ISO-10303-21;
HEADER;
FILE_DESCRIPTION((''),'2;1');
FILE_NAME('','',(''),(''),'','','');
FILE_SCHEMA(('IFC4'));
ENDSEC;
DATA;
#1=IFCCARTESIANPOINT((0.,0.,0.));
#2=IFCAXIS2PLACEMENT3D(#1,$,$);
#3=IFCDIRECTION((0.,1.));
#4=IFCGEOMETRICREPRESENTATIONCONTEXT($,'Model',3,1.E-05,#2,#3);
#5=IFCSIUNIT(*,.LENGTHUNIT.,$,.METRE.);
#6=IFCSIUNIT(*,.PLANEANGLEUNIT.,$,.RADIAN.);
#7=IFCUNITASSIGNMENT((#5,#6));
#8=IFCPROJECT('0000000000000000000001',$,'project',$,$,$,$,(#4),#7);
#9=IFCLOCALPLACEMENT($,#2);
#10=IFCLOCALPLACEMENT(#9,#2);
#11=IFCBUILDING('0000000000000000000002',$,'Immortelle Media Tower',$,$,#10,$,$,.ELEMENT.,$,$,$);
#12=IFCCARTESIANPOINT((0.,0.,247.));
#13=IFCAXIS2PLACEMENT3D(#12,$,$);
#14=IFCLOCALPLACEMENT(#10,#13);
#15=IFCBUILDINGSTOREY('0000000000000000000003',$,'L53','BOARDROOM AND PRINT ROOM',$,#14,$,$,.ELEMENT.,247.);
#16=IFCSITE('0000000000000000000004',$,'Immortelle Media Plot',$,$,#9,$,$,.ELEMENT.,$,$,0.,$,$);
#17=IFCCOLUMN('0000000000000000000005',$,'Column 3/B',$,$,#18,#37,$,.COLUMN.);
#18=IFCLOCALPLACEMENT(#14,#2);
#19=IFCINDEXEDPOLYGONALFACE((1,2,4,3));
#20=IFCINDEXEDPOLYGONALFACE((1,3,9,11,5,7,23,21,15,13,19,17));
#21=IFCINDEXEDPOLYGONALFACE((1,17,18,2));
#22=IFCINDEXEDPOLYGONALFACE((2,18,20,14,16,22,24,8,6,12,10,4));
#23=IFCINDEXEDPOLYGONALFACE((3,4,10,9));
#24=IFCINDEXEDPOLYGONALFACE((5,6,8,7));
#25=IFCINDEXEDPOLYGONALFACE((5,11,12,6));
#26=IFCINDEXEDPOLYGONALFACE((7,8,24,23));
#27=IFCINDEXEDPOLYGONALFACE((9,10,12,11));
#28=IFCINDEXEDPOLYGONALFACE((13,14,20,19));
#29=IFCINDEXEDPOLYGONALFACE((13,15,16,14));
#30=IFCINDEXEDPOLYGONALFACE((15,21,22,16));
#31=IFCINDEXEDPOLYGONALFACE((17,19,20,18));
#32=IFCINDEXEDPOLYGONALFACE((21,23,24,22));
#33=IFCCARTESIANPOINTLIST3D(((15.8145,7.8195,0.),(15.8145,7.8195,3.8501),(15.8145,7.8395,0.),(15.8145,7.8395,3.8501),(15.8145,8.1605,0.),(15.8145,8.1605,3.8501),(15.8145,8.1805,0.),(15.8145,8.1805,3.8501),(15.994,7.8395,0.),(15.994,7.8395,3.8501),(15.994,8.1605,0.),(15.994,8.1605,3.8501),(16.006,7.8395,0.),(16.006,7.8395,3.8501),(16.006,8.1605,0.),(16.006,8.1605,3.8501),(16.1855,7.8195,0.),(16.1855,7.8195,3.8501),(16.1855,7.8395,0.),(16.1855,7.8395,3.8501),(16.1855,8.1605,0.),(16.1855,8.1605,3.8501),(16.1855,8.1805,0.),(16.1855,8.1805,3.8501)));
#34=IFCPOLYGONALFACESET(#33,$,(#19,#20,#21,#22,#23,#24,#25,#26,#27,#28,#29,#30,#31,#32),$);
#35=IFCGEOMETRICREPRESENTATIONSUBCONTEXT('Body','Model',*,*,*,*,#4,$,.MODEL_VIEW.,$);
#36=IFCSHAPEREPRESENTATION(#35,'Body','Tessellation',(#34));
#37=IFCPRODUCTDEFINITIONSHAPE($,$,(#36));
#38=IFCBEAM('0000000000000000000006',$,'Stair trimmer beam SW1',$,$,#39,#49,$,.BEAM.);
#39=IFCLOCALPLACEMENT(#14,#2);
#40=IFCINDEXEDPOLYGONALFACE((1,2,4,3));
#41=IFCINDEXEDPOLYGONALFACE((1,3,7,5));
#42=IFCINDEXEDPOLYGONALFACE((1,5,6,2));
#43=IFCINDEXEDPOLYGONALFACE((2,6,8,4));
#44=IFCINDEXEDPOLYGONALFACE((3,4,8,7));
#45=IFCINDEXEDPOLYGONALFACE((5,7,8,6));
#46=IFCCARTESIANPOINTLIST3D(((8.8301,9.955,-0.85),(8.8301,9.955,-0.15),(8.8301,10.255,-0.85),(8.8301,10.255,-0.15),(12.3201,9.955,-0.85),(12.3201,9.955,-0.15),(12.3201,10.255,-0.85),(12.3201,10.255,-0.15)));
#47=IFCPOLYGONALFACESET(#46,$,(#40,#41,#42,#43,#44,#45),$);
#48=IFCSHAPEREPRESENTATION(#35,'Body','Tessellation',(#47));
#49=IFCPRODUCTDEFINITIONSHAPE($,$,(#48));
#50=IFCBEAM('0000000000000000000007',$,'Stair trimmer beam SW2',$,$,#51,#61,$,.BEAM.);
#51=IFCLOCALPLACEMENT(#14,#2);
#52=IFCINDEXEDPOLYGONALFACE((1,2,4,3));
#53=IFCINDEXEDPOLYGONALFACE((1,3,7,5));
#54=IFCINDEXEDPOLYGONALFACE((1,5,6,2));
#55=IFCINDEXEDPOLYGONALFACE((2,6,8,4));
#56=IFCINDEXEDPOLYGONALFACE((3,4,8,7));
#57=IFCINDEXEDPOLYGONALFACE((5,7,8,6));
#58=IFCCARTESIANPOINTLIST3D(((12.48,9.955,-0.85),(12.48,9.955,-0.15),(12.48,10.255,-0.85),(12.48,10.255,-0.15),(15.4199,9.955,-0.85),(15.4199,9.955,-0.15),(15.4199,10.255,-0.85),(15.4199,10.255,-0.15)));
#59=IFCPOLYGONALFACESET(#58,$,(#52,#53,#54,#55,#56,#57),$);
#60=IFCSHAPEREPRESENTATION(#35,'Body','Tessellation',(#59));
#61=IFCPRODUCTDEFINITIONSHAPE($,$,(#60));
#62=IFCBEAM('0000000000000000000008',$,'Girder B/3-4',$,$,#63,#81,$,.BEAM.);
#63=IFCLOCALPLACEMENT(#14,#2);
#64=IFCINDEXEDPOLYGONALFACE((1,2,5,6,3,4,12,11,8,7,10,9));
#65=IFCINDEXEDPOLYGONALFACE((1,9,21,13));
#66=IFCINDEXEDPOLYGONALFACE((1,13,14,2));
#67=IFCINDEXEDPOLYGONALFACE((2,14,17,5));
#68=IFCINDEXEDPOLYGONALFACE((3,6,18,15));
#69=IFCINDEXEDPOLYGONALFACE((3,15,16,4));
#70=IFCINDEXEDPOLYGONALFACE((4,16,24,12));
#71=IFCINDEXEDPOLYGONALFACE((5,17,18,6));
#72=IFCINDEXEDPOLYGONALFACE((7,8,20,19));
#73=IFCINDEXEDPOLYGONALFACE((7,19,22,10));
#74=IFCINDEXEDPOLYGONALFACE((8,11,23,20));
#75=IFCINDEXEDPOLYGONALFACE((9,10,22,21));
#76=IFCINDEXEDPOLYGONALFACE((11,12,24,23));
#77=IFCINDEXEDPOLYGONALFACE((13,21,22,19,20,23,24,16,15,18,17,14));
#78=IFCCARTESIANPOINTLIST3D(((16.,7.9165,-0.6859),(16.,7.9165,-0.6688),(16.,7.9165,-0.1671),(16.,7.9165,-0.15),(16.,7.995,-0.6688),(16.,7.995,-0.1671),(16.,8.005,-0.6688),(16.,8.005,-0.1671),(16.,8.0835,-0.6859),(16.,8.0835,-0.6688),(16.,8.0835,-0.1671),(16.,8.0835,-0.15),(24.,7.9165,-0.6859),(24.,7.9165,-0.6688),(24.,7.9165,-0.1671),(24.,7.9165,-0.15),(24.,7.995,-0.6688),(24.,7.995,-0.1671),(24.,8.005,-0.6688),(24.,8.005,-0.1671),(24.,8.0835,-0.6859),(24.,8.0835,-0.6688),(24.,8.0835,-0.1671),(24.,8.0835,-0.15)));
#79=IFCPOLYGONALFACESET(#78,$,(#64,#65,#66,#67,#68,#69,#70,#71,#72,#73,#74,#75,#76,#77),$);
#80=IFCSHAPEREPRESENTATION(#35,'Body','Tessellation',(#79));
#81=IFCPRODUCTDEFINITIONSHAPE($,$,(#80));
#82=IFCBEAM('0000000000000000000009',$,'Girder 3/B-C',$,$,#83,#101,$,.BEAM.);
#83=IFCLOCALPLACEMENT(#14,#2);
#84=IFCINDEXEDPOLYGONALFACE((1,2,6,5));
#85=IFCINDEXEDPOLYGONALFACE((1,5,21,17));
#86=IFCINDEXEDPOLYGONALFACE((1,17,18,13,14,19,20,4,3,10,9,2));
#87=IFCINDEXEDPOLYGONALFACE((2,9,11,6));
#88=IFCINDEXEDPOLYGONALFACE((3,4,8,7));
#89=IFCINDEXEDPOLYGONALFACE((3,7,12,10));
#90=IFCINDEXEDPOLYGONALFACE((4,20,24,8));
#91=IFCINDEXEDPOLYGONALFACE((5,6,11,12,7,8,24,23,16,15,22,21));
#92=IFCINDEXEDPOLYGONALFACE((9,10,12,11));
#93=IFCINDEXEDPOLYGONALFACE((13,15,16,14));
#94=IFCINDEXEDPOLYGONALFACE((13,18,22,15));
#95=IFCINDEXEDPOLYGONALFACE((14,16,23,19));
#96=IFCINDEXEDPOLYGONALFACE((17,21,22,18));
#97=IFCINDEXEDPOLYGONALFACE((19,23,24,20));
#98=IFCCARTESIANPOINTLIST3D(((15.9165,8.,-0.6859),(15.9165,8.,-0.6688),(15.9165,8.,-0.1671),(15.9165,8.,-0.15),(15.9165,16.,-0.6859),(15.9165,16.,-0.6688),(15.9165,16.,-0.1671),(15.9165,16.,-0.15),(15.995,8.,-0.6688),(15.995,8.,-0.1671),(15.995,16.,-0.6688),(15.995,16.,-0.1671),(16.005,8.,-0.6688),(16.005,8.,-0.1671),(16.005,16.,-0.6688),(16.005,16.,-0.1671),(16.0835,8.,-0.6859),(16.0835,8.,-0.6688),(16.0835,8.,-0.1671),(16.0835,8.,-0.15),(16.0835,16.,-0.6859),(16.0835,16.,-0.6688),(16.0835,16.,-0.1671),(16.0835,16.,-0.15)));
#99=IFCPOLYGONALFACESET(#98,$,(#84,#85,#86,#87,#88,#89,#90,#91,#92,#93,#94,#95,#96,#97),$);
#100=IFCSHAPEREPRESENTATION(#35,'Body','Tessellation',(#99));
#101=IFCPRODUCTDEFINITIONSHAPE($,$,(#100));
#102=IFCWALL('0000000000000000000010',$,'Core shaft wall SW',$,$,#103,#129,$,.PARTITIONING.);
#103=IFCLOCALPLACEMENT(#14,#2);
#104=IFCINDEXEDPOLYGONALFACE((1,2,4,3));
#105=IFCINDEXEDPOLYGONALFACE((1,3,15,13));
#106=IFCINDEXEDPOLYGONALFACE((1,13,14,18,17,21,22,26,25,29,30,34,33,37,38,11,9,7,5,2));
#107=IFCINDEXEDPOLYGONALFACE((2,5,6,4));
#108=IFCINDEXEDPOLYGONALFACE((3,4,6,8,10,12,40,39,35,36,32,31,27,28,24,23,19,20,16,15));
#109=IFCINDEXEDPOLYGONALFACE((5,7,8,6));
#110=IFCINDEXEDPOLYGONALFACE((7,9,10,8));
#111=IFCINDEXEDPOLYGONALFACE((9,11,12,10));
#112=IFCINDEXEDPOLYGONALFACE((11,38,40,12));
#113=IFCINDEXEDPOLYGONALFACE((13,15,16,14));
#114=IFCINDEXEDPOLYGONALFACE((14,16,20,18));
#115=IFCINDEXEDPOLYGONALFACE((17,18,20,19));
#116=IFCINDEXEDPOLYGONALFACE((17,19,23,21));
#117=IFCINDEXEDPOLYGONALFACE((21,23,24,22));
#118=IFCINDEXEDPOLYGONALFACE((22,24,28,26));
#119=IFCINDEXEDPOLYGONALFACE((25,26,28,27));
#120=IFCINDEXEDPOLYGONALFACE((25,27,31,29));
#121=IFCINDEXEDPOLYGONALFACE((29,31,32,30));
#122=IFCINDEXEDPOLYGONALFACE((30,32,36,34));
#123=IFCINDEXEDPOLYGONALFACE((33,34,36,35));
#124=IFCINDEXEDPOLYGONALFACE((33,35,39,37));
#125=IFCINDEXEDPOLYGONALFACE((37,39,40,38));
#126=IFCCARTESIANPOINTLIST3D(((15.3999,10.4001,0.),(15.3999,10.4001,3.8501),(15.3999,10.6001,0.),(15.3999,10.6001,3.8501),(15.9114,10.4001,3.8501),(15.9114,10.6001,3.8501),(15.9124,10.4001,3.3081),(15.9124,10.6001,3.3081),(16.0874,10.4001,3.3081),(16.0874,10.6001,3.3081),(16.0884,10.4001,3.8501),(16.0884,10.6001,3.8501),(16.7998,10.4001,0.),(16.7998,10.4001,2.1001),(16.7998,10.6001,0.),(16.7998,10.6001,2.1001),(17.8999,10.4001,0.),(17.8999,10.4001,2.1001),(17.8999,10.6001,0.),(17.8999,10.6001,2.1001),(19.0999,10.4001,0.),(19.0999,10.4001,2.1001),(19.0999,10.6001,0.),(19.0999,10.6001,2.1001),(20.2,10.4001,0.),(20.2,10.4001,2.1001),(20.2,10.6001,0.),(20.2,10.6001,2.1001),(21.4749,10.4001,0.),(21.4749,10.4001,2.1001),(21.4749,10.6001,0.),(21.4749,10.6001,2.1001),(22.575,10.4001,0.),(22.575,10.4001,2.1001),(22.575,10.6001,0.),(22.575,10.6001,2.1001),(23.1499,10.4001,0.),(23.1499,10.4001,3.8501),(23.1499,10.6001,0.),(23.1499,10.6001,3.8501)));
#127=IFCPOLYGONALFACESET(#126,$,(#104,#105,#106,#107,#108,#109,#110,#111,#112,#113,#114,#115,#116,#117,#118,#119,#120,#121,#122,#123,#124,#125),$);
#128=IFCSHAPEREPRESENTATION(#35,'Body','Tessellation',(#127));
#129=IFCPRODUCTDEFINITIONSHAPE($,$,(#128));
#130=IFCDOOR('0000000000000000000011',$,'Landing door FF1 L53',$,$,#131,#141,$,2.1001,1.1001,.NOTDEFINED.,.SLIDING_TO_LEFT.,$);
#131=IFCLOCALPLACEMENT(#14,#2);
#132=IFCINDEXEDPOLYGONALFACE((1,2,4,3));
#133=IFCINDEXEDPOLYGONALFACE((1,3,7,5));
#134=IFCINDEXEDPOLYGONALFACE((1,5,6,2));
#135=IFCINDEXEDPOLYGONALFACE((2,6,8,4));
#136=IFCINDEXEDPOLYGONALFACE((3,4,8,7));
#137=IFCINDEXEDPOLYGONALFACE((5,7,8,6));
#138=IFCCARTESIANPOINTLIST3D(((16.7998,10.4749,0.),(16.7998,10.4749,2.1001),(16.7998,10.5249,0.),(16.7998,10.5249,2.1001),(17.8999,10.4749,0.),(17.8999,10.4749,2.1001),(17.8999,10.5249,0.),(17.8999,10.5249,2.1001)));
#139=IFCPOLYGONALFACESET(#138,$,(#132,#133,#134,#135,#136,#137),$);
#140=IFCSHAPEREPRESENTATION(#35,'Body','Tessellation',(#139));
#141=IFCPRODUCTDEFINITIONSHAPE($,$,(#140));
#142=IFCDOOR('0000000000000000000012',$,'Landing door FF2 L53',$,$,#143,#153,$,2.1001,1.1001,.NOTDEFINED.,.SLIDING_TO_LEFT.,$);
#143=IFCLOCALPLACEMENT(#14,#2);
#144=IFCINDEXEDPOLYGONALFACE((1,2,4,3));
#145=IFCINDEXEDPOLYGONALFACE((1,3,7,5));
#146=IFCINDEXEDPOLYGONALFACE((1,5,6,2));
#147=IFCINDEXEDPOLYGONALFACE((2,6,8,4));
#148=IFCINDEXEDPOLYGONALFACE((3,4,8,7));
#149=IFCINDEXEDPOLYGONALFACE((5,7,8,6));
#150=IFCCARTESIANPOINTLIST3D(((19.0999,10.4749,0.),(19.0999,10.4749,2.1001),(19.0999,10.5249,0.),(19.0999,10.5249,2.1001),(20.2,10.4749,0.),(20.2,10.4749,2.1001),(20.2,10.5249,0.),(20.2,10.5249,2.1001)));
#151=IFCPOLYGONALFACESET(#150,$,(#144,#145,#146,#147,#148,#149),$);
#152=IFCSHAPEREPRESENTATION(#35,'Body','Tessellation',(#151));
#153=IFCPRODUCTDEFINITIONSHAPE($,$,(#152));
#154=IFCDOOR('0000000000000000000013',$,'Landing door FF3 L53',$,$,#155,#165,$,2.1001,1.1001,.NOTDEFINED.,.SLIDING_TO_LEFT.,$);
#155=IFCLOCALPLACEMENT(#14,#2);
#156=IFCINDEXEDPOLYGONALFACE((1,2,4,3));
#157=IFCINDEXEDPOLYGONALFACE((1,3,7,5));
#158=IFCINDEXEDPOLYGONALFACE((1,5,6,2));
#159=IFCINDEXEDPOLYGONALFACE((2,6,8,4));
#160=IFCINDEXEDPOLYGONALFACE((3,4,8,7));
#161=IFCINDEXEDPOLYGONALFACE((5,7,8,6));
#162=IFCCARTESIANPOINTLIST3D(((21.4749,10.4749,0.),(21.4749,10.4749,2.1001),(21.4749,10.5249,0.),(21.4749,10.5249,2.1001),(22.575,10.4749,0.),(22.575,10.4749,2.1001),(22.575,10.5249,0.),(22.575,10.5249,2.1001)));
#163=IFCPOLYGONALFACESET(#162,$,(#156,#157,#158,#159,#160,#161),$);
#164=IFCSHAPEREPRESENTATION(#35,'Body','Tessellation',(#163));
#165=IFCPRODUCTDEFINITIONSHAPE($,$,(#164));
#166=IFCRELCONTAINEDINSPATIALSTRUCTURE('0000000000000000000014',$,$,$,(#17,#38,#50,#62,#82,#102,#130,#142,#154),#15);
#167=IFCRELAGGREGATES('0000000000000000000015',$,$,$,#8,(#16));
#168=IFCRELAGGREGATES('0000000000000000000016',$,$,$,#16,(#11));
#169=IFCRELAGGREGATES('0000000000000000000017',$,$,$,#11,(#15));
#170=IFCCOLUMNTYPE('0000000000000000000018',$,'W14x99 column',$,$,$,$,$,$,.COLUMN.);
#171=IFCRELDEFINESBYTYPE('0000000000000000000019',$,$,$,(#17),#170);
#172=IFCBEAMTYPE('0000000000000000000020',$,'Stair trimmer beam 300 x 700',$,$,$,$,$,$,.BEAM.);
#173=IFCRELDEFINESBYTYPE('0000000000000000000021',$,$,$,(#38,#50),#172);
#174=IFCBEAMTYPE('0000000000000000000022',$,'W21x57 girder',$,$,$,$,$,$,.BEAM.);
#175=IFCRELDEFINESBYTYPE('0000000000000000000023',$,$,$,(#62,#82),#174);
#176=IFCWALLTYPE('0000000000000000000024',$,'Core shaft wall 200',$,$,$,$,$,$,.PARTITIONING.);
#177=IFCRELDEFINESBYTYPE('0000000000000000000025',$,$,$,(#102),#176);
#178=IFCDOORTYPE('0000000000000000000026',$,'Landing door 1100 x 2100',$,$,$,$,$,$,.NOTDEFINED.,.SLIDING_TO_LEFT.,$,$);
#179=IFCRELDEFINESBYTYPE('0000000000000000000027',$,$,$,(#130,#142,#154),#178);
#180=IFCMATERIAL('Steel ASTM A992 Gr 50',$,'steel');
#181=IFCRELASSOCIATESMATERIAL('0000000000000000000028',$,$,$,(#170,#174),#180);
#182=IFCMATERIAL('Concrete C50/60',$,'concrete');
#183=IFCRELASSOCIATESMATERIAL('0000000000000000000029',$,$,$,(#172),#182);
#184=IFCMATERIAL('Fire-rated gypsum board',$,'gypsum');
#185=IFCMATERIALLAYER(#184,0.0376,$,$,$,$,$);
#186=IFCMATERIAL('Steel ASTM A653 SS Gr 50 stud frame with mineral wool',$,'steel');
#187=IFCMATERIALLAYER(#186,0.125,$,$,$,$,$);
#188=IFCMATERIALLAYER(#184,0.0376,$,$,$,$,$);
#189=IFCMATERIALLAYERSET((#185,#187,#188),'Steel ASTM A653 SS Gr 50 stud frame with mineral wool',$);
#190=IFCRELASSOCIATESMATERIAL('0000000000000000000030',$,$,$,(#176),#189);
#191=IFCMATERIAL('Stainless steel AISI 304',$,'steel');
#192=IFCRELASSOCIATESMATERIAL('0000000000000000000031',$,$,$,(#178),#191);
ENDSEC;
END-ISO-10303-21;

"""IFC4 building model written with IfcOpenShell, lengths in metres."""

from ifc_helpers import new_model, si_unit, direction, frame, frame_2d, origin, origin_2d, place, context, subcontext, project, spatial, polyline, rectangle, i_section, outline, extrude, material, layer, layer_set, material_profile, profile_set, type_object, element, fill, save


model = new_model("IFC4")

# Units and contexts
model_context = context("Model", 3, precision=1e-05, world=origin(), true_north=direction((0.0, 1.0)))
body_context = subcontext(model_context, "Body", "Model", "MODEL_VIEW")
ifc_project = project(units=[si_unit("LENGTHUNIT", "METRE"), si_unit("PLANEANGLEUNIT", "RADIAN")], contexts=[model_context])

# Site, building, storey
site_placement = place(None, origin())
site = spatial("IfcSite", under=ifc_project, at=site_placement, Name="Immortelle Media Plot", CompositionType="ELEMENT", RefElevation=0.0)
building_placement = place(site_placement, origin())
building = spatial("IfcBuilding", under=site, at=building_placement, Name="Immortelle Media Tower", CompositionType="ELEMENT")
storey_placement = place(building_placement, frame((0.0, 0.0, 247.0)))
storey = spatial("IfcBuildingStorey", under=building, at=storey_placement, Name="L53", Description="BOARDROOM AND PRINT ROOM", CompositionType="ELEMENT", Elevation=247.0)

# Column
ifc_material_1 = material(Name="Steel ASTM A992 Gr 50", Category="steel")
ifc_material_profile_1 = material_profile(ifc_material_1, i_section(OverallWidth=0.3711, OverallDepth=0.3611, WebThickness=0.012, FlangeThickness=0.02, at=origin_2d()), Name="W14x99")
ifc_profile_set_1 = profile_set([ifc_material_profile_1], Name="Steel ASTM A992 Gr 50")
column_type = type_object("IfcColumnType", Name="W14x99 column", PredefinedType="COLUMN", material=ifc_profile_set_1)
column_placement = place(storey_placement, frame((16.0, 8.0, 0.0), z_axis=(0.0, 0.0, 1.0), x_axis=(1.0, 0.0, 0.0)))
element("IfcColumn", 1, at=column_placement, inside=storey, type_object=column_type, Name="Column 3/B", PredefinedType="COLUMN", context=body_context, shape_type="SweptSolid", body=[
    extrude(i_section(OverallWidth=0.3711, OverallDepth=0.3611, WebThickness=0.012, FlangeThickness=0.02, at=origin_2d()), origin(), (0.0, 0.0, 1.0), 3.8501),
])

# Beams
ifc_material_2 = material(Name="Concrete C50/60", Category="concrete")
ifc_material_profile_2 = material_profile(ifc_material_2, rectangle(XDim=0.3, YDim=0.7, at=origin_2d()), Name="RC 300x700")
ifc_profile_set_2 = profile_set([ifc_material_profile_2], Name="Concrete C50/60")
beam_type_1 = type_object("IfcBeamType", Name="Stair trimmer beam 300 x 700", PredefinedType="BEAM", material=ifc_profile_set_2)
beam_1_placement = place(storey_placement, frame((8.8301, 10.105, -0.5), z_axis=(1.0, 0.0, 0.0), x_axis=(0.0, 1.0, 0.0)))
element("IfcBeam", 2, at=beam_1_placement, inside=storey, type_object=beam_type_1, Name="Stair trimmer beam SW1", PredefinedType="BEAM", context=body_context, shape_type="SweptSolid", body=[
    extrude(rectangle(XDim=0.3, YDim=0.7, at=origin_2d()), origin(), (0.0, 0.0, 1.0), 3.49),
])
beam_2_placement = place(storey_placement, frame((12.48, 10.105, -0.5), z_axis=(1.0, 0.0, 0.0), x_axis=(0.0, 1.0, 0.0)))
element("IfcBeam", 3, at=beam_2_placement, inside=storey, type_object=beam_type_1, Name="Stair trimmer beam SW2", PredefinedType="BEAM", context=body_context, shape_type="SweptSolid", body=[
    extrude(rectangle(XDim=0.3, YDim=0.7, at=origin_2d()), origin(), (0.0, 0.0, 1.0), 2.9399),
])
ifc_material_profile_3 = material_profile(ifc_material_1, i_section(OverallWidth=0.167, OverallDepth=0.5359, WebThickness=0.01, FlangeThickness=0.0171, at=origin_2d()), Name="W21x57")
ifc_profile_set_3 = profile_set([ifc_material_profile_3], Name="Steel ASTM A992 Gr 50")
beam_type_2 = type_object("IfcBeamType", Name="W21x57 girder", PredefinedType="BEAM", material=ifc_profile_set_3)
for number, where, z_axis, x_axis, name in (
    (4, (16.0, 8.0, -0.418), (1.0, 0.0, 0.0), (0.0, 1.0, 0.0), "Girder B/3-4"),
    (5, (16.0, 8.0, -0.418), (0.0, 1.0, 0.0), (-1.0, 0.0, 0.0), "Girder 3/B-C"),
):
    element("IfcBeam", number, at=place(storey_placement, frame(where, z_axis=z_axis, x_axis=x_axis)), inside=storey, type_object=beam_type_2, Name=name, PredefinedType="BEAM", context=body_context, shape_type="SweptSolid", body=[
        extrude(i_section(OverallWidth=0.167, OverallDepth=0.5359, WebThickness=0.01, FlangeThickness=0.0171, at=origin_2d()), origin(), (0.0, 0.0, 1.0), 8.0),
    ])

# Wall, openings, doors
ifc_material_3 = material(Name="Fire-rated gypsum board", Category="gypsum")
ifc_layer_1 = layer(ifc_material_3, 0.0376)
ifc_material_4 = material(Name="Steel ASTM A653 SS Gr 50 stud frame with mineral wool", Category="steel")
ifc_layer_2 = layer(ifc_material_4, 0.125)
ifc_layer_3 = layer(ifc_material_3, 0.0376)
ifc_layer_set_1 = layer_set([ifc_layer_1, ifc_layer_2, ifc_layer_3], Name="Steel ASTM A653 SS Gr 50 stud frame with mineral wool")
wall_type_1 = type_object("IfcWallType", Name="Core shaft wall 200", PredefinedType="PARTITIONING", material=ifc_layer_set_1)
wall_1_placement = place(storey_placement, frame((15.3999, 10.5, 0.0), z_axis=(0.0, 0.0, 1.0), x_axis=(1.0, 0.0, 0.0)))
wall_1 = element("IfcWall", 6, at=wall_1_placement, inside=storey, type_object=wall_type_1, Name="Core shaft wall SW", PredefinedType="PARTITIONING", context=body_context, shape_type="SweptSolid", body=[
    extrude(outline(polyline([(0.0, 0.0), (7.75, 0.0), (7.75, 3.8501), (0.6885, 3.8501), (0.6875, 3.3081), (0.5125, 3.3081), (0.5115, 3.8501), (0.0, 3.8501), (0.0, 0.0)])), frame((0.0, 0.1001, 0.0), z_axis=(0.0, -1.0, 0.0), x_axis=(1.0, 0.0, 0.0)), (0.0, 0.0, 1.0), 0.2),
])
opening_1_placement = place(wall_1_placement, frame((1.3999, 0.0, 0.0)))
opening_1 = element("IfcOpeningElement", 7, at=opening_1_placement, cuts=wall_1, PredefinedType="OPENING", context=body_context, shape_type="SweptSolid", body=[
    extrude(rectangle(XDim=1.1001, YDim=2.1001, at=frame_2d((0.55, 1.05))), frame((0.0, 0.1099, 0.0), z_axis=(0.0, -1.0, 0.0), x_axis=(1.0, 0.0, 0.0)), (0.0, 0.0, 1.0), 0.22),
])
opening_2_placement = place(wall_1_placement, frame((3.7, 0.0, 0.0)))
opening_2 = element("IfcOpeningElement", 8, at=opening_2_placement, cuts=wall_1, PredefinedType="OPENING", context=body_context, shape_type="SweptSolid", body=[
    extrude(rectangle(XDim=1.1001, YDim=2.1001, at=frame_2d((0.55, 1.05))), frame((0.0, 0.1099, 0.0), z_axis=(0.0, -1.0, 0.0), x_axis=(1.0, 0.0, 0.0)), (0.0, 0.0, 1.0), 0.22),
])
opening_3_placement = place(wall_1_placement, frame((6.075, 0.0, 0.0)))
opening_3 = element("IfcOpeningElement", 9, at=opening_3_placement, cuts=wall_1, PredefinedType="OPENING", context=body_context, shape_type="SweptSolid", body=[
    extrude(rectangle(XDim=1.1001, YDim=2.1001, at=frame_2d((0.55, 1.05))), frame((0.0, 0.1099, 0.0), z_axis=(0.0, -1.0, 0.0), x_axis=(1.0, 0.0, 0.0)), (0.0, 0.0, 1.0), 0.22),
])
ifc_material_5 = material(Name="Stainless steel AISI 304", Category="steel")
door_type_1 = type_object("IfcDoorType", Name="Landing door 1100 x 2100", OperationType="SLIDING_TO_LEFT", PredefinedType="NOTDEFINED", material=ifc_material_5)
door_1_placement = place(opening_1_placement, origin())
door_1 = element("IfcDoor", 10, at=door_1_placement, inside=storey, type_object=door_type_1, Name="Landing door FF1 L53", OperationType="SLIDING_TO_LEFT", OverallHeight=2.1001, OverallWidth=1.1001, PredefinedType="NOTDEFINED", context=body_context, shape_type="SweptSolid", body=[
    extrude(rectangle(XDim=1.1001, YDim=2.1001, at=frame_2d((0.55, 1.05))), frame((0.0, 0.0249, 0.0), z_axis=(0.0, -1.0, 0.0), x_axis=(1.0, 0.0, 0.0)), (0.0, 0.0, 1.0), 0.05),
])
fill(opening_1, door_1)
door_2_placement = place(opening_2_placement, origin())
door_2 = element("IfcDoor", 11, at=door_2_placement, inside=storey, type_object=door_type_1, Name="Landing door FF2 L53", OperationType="SLIDING_TO_LEFT", OverallHeight=2.1001, OverallWidth=1.1001, PredefinedType="NOTDEFINED", context=body_context, shape_type="SweptSolid", body=[
    extrude(rectangle(XDim=1.1001, YDim=2.1001, at=frame_2d((0.55, 1.05))), frame((0.0, 0.0249, 0.0), z_axis=(0.0, -1.0, 0.0), x_axis=(1.0, 0.0, 0.0)), (0.0, 0.0, 1.0), 0.05),
])
fill(opening_2, door_2)
door_3_placement = place(opening_3_placement, origin())
door_3 = element("IfcDoor", 12, at=door_3_placement, inside=storey, type_object=door_type_1, Name="Landing door FF3 L53", OperationType="SLIDING_TO_LEFT", OverallHeight=2.1001, OverallWidth=1.1001, PredefinedType="NOTDEFINED", context=body_context, shape_type="SweptSolid", body=[
    extrude(rectangle(XDim=1.1001, YDim=2.1001, at=frame_2d((0.55, 1.05))), frame((0.0, 0.0249, 0.0), z_axis=(0.0, -1.0, 0.0), x_axis=(1.0, 0.0, 0.0)), (0.0, 0.0, 1.0), 0.05),
])
fill(opening_3, door_3)

save(model, "model.ifc")
